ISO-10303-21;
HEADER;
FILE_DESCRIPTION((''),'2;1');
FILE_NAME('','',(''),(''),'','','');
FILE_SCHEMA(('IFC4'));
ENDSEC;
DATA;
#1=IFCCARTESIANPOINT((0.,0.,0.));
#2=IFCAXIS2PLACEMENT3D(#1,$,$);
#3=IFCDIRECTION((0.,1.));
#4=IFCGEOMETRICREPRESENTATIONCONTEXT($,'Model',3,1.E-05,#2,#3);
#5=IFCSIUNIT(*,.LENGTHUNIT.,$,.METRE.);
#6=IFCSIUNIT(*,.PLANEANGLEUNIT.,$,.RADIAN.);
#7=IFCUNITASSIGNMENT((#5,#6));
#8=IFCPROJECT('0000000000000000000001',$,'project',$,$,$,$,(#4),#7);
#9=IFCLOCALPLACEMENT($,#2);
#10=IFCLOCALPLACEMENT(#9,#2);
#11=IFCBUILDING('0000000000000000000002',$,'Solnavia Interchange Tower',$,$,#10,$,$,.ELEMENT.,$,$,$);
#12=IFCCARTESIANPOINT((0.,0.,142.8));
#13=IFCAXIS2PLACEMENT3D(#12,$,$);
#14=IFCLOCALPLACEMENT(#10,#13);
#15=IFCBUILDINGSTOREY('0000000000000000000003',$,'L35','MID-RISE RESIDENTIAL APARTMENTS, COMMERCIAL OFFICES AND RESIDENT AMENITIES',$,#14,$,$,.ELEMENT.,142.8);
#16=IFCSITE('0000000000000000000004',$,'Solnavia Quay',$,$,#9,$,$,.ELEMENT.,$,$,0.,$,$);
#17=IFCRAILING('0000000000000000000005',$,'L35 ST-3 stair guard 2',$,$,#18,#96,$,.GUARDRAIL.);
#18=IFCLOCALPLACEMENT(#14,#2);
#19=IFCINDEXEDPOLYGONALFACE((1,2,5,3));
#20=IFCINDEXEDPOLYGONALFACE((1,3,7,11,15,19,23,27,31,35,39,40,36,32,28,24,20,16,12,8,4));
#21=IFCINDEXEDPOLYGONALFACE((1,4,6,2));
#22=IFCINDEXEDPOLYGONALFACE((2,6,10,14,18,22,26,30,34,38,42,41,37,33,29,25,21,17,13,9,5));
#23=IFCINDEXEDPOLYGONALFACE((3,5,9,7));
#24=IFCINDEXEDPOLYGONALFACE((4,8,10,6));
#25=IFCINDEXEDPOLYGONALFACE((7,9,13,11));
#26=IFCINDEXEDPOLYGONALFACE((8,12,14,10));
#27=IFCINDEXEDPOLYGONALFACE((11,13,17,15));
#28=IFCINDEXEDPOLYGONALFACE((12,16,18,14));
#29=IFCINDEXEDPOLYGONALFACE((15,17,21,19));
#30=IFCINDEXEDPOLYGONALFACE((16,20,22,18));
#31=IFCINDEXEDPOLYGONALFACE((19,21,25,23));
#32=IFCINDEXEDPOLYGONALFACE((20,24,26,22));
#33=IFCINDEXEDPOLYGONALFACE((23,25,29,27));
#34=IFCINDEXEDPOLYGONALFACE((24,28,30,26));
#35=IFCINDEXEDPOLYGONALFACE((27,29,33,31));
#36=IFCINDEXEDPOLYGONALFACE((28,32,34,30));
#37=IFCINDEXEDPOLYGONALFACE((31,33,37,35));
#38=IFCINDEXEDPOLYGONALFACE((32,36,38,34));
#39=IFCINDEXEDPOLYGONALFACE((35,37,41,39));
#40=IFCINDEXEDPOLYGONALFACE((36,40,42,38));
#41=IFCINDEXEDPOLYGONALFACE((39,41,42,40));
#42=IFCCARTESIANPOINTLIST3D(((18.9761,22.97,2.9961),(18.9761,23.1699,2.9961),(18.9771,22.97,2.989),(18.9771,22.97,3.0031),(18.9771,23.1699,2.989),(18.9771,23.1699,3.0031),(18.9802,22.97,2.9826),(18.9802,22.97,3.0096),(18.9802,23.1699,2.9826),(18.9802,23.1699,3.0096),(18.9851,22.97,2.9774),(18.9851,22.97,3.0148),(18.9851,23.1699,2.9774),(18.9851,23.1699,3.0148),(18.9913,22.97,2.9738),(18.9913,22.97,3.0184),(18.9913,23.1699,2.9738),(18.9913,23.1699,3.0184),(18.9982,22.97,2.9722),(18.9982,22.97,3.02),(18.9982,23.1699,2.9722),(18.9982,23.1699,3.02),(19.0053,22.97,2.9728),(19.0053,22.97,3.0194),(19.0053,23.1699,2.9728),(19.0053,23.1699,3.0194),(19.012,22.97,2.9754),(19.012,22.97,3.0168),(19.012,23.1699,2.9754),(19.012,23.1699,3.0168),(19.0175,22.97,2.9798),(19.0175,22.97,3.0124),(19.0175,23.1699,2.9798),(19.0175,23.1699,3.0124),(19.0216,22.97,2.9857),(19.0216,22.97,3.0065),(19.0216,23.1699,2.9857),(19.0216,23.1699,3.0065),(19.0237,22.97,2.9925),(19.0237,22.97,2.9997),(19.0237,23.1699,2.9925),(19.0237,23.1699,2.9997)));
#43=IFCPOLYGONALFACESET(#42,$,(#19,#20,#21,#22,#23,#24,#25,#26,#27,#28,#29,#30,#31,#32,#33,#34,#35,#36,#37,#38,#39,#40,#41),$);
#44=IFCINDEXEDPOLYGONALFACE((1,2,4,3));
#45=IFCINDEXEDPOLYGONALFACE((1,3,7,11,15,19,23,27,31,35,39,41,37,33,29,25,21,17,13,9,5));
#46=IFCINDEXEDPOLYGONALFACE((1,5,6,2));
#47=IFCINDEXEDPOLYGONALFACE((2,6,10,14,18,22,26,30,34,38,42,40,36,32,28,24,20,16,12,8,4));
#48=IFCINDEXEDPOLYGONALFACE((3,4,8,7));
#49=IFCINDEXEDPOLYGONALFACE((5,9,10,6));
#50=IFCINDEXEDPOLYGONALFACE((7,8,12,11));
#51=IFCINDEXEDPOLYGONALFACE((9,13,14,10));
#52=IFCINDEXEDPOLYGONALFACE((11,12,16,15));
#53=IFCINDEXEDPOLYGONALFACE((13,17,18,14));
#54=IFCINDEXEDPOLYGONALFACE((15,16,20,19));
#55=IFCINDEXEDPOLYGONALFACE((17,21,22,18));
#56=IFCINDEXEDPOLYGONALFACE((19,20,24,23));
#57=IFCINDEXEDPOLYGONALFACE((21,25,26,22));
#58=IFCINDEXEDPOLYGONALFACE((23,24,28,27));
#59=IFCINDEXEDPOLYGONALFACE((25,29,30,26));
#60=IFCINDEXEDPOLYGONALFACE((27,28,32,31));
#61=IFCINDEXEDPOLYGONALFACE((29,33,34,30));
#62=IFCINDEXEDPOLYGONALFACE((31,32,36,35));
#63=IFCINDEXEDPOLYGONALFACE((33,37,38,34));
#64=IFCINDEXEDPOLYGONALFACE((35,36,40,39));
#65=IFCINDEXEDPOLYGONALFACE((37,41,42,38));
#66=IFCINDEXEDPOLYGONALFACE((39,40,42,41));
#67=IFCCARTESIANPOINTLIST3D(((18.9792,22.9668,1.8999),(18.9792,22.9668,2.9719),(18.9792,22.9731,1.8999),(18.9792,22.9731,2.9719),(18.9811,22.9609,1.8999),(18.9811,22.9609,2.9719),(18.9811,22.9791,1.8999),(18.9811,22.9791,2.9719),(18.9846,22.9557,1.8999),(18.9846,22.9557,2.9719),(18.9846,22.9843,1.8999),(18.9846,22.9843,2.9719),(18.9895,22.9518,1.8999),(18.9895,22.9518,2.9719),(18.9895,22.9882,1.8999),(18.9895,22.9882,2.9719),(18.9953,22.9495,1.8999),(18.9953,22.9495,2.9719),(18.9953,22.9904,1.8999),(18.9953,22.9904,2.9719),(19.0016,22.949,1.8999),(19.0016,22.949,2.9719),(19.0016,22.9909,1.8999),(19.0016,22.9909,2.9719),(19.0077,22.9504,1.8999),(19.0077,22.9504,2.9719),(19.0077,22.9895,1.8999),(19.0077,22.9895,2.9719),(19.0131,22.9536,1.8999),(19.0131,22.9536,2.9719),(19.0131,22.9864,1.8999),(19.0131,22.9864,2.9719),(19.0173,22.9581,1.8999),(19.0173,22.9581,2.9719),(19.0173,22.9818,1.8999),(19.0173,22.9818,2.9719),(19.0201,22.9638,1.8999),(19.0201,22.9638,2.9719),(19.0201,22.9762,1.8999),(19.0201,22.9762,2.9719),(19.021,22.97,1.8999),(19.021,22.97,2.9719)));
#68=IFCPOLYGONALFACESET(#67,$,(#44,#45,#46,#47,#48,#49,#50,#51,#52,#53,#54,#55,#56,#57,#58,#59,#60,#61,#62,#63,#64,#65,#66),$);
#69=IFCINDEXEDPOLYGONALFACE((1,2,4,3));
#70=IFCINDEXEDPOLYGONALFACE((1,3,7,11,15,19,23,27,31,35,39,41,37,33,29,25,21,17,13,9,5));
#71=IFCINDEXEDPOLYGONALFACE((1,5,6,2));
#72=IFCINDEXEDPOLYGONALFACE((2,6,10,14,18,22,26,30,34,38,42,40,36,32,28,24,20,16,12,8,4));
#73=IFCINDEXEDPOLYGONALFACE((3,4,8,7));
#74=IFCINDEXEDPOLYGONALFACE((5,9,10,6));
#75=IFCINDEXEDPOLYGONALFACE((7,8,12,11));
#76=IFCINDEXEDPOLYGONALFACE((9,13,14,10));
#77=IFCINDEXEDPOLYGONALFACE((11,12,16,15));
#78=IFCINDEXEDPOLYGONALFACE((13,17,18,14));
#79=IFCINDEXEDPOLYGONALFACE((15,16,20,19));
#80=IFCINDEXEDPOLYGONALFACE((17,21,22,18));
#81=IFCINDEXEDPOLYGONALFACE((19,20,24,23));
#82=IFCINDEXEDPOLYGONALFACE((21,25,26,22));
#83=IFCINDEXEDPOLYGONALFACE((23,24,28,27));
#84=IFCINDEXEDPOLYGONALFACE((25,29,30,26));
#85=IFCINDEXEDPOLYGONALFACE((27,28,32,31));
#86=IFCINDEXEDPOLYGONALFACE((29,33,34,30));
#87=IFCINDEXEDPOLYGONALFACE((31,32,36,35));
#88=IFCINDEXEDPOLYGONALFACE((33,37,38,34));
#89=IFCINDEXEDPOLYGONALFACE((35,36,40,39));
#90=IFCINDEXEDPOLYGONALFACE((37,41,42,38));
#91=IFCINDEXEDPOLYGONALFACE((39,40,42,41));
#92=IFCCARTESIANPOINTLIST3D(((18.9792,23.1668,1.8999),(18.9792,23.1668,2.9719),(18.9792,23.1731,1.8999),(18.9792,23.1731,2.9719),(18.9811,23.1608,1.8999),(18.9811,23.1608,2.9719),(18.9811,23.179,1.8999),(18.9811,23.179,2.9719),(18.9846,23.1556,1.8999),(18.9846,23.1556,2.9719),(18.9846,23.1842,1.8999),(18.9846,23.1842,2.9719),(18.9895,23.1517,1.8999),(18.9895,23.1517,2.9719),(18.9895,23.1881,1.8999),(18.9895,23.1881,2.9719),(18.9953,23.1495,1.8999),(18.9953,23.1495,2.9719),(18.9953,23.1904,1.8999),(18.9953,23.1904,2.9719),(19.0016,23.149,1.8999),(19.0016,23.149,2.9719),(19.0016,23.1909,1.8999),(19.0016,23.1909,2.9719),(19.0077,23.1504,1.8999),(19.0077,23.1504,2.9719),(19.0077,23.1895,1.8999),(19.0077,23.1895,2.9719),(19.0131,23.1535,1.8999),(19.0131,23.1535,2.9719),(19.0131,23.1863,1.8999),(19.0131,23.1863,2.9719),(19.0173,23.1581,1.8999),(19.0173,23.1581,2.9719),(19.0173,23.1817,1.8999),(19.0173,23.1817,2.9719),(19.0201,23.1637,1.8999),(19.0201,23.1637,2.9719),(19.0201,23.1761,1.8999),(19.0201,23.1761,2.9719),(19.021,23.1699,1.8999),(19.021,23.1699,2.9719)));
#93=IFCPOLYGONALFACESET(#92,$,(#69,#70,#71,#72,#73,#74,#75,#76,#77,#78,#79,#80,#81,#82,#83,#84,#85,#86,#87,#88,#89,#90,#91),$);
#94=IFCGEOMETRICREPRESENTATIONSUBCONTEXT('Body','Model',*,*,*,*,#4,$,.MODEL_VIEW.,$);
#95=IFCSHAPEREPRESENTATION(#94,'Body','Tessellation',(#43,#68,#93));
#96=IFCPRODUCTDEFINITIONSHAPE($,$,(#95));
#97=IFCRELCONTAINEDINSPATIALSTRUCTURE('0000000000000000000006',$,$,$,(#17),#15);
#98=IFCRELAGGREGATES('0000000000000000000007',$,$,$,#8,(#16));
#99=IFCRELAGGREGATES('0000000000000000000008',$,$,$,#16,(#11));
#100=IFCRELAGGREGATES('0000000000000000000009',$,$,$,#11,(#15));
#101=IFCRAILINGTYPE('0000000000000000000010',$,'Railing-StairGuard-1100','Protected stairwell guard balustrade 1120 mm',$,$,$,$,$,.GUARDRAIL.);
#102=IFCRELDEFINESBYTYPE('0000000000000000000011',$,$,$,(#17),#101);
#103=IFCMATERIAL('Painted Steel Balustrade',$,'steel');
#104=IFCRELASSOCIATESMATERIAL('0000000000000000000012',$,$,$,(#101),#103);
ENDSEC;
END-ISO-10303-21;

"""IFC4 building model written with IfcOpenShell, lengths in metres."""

from ifc_helpers import new_model, si_unit, direction, frame, origin, origin_2d, place, context, subcontext, project, spatial, circle, extrude, material, type_object, element, save


model = new_model("IFC4")

# Units and contexts
model_context = context("Model", 3, precision=1e-05, world=origin(), true_north=direction((0.0, 1.0)))
body_context = subcontext(model_context, "Body", "Model", "MODEL_VIEW")
ifc_project = project(units=[si_unit("LENGTHUNIT", "METRE"), si_unit("PLANEANGLEUNIT", "RADIAN")], contexts=[model_context])

# Site, building, storey
site_placement = place(None, origin())
site = spatial("IfcSite", under=ifc_project, at=site_placement, Name="Solnavia Quay", CompositionType="ELEMENT", RefElevation=0.0)
building_placement = place(site_placement, origin())
building = spatial("IfcBuilding", under=site, at=building_placement, Name="Solnavia Interchange Tower", CompositionType="ELEMENT")
storey_placement = place(building_placement, frame((0.0, 0.0, 142.8)))
storey = spatial("IfcBuildingStorey", under=building, at=storey_placement, Name="L35", Description="MID-RISE RESIDENTIAL APARTMENTS, COMMERCIAL OFFICES AND RESIDENT AMENITIES", CompositionType="ELEMENT", Elevation=142.8)

# Railing
ifc_material_1 = material(Name="Painted Steel Balustrade", Category="steel")
railing_type_1 = type_object("IfcRailingType", Name="Railing-StairGuard-1100", Description="Protected stairwell guard balustrade 1120 mm", PredefinedType="GUARDRAIL", material=ifc_material_1)
railing_1_placement = place(storey_placement, frame((19.0, 22.97, 1.8999)))
element("IfcRailing", 1, at=railing_1_placement, inside=storey, type_object=railing_type_1, Name="L35 ST-3 stair guard 2", PredefinedType="GUARDRAIL", context=body_context, shape_type="SweptSolid", body=[
    extrude(circle(Radius=0.0239, at=origin_2d()), frame((0.0, 0.0, 1.0962), z_axis=(0.0, 1.0, 0.0), x_axis=(-1.0, 0.0, 0.0)), (0.0, 0.0, 1.0), 0.2),
    extrude(circle(Radius=0.021, at=origin_2d()), origin(), (0.0, 0.0, 1.0), 1.072),
    extrude(circle(Radius=0.021, at=origin_2d()), frame((0.0, 0.2, 0.0)), (0.0, 0.0, 1.0), 1.072),
])

save(model, "model.ifc")
